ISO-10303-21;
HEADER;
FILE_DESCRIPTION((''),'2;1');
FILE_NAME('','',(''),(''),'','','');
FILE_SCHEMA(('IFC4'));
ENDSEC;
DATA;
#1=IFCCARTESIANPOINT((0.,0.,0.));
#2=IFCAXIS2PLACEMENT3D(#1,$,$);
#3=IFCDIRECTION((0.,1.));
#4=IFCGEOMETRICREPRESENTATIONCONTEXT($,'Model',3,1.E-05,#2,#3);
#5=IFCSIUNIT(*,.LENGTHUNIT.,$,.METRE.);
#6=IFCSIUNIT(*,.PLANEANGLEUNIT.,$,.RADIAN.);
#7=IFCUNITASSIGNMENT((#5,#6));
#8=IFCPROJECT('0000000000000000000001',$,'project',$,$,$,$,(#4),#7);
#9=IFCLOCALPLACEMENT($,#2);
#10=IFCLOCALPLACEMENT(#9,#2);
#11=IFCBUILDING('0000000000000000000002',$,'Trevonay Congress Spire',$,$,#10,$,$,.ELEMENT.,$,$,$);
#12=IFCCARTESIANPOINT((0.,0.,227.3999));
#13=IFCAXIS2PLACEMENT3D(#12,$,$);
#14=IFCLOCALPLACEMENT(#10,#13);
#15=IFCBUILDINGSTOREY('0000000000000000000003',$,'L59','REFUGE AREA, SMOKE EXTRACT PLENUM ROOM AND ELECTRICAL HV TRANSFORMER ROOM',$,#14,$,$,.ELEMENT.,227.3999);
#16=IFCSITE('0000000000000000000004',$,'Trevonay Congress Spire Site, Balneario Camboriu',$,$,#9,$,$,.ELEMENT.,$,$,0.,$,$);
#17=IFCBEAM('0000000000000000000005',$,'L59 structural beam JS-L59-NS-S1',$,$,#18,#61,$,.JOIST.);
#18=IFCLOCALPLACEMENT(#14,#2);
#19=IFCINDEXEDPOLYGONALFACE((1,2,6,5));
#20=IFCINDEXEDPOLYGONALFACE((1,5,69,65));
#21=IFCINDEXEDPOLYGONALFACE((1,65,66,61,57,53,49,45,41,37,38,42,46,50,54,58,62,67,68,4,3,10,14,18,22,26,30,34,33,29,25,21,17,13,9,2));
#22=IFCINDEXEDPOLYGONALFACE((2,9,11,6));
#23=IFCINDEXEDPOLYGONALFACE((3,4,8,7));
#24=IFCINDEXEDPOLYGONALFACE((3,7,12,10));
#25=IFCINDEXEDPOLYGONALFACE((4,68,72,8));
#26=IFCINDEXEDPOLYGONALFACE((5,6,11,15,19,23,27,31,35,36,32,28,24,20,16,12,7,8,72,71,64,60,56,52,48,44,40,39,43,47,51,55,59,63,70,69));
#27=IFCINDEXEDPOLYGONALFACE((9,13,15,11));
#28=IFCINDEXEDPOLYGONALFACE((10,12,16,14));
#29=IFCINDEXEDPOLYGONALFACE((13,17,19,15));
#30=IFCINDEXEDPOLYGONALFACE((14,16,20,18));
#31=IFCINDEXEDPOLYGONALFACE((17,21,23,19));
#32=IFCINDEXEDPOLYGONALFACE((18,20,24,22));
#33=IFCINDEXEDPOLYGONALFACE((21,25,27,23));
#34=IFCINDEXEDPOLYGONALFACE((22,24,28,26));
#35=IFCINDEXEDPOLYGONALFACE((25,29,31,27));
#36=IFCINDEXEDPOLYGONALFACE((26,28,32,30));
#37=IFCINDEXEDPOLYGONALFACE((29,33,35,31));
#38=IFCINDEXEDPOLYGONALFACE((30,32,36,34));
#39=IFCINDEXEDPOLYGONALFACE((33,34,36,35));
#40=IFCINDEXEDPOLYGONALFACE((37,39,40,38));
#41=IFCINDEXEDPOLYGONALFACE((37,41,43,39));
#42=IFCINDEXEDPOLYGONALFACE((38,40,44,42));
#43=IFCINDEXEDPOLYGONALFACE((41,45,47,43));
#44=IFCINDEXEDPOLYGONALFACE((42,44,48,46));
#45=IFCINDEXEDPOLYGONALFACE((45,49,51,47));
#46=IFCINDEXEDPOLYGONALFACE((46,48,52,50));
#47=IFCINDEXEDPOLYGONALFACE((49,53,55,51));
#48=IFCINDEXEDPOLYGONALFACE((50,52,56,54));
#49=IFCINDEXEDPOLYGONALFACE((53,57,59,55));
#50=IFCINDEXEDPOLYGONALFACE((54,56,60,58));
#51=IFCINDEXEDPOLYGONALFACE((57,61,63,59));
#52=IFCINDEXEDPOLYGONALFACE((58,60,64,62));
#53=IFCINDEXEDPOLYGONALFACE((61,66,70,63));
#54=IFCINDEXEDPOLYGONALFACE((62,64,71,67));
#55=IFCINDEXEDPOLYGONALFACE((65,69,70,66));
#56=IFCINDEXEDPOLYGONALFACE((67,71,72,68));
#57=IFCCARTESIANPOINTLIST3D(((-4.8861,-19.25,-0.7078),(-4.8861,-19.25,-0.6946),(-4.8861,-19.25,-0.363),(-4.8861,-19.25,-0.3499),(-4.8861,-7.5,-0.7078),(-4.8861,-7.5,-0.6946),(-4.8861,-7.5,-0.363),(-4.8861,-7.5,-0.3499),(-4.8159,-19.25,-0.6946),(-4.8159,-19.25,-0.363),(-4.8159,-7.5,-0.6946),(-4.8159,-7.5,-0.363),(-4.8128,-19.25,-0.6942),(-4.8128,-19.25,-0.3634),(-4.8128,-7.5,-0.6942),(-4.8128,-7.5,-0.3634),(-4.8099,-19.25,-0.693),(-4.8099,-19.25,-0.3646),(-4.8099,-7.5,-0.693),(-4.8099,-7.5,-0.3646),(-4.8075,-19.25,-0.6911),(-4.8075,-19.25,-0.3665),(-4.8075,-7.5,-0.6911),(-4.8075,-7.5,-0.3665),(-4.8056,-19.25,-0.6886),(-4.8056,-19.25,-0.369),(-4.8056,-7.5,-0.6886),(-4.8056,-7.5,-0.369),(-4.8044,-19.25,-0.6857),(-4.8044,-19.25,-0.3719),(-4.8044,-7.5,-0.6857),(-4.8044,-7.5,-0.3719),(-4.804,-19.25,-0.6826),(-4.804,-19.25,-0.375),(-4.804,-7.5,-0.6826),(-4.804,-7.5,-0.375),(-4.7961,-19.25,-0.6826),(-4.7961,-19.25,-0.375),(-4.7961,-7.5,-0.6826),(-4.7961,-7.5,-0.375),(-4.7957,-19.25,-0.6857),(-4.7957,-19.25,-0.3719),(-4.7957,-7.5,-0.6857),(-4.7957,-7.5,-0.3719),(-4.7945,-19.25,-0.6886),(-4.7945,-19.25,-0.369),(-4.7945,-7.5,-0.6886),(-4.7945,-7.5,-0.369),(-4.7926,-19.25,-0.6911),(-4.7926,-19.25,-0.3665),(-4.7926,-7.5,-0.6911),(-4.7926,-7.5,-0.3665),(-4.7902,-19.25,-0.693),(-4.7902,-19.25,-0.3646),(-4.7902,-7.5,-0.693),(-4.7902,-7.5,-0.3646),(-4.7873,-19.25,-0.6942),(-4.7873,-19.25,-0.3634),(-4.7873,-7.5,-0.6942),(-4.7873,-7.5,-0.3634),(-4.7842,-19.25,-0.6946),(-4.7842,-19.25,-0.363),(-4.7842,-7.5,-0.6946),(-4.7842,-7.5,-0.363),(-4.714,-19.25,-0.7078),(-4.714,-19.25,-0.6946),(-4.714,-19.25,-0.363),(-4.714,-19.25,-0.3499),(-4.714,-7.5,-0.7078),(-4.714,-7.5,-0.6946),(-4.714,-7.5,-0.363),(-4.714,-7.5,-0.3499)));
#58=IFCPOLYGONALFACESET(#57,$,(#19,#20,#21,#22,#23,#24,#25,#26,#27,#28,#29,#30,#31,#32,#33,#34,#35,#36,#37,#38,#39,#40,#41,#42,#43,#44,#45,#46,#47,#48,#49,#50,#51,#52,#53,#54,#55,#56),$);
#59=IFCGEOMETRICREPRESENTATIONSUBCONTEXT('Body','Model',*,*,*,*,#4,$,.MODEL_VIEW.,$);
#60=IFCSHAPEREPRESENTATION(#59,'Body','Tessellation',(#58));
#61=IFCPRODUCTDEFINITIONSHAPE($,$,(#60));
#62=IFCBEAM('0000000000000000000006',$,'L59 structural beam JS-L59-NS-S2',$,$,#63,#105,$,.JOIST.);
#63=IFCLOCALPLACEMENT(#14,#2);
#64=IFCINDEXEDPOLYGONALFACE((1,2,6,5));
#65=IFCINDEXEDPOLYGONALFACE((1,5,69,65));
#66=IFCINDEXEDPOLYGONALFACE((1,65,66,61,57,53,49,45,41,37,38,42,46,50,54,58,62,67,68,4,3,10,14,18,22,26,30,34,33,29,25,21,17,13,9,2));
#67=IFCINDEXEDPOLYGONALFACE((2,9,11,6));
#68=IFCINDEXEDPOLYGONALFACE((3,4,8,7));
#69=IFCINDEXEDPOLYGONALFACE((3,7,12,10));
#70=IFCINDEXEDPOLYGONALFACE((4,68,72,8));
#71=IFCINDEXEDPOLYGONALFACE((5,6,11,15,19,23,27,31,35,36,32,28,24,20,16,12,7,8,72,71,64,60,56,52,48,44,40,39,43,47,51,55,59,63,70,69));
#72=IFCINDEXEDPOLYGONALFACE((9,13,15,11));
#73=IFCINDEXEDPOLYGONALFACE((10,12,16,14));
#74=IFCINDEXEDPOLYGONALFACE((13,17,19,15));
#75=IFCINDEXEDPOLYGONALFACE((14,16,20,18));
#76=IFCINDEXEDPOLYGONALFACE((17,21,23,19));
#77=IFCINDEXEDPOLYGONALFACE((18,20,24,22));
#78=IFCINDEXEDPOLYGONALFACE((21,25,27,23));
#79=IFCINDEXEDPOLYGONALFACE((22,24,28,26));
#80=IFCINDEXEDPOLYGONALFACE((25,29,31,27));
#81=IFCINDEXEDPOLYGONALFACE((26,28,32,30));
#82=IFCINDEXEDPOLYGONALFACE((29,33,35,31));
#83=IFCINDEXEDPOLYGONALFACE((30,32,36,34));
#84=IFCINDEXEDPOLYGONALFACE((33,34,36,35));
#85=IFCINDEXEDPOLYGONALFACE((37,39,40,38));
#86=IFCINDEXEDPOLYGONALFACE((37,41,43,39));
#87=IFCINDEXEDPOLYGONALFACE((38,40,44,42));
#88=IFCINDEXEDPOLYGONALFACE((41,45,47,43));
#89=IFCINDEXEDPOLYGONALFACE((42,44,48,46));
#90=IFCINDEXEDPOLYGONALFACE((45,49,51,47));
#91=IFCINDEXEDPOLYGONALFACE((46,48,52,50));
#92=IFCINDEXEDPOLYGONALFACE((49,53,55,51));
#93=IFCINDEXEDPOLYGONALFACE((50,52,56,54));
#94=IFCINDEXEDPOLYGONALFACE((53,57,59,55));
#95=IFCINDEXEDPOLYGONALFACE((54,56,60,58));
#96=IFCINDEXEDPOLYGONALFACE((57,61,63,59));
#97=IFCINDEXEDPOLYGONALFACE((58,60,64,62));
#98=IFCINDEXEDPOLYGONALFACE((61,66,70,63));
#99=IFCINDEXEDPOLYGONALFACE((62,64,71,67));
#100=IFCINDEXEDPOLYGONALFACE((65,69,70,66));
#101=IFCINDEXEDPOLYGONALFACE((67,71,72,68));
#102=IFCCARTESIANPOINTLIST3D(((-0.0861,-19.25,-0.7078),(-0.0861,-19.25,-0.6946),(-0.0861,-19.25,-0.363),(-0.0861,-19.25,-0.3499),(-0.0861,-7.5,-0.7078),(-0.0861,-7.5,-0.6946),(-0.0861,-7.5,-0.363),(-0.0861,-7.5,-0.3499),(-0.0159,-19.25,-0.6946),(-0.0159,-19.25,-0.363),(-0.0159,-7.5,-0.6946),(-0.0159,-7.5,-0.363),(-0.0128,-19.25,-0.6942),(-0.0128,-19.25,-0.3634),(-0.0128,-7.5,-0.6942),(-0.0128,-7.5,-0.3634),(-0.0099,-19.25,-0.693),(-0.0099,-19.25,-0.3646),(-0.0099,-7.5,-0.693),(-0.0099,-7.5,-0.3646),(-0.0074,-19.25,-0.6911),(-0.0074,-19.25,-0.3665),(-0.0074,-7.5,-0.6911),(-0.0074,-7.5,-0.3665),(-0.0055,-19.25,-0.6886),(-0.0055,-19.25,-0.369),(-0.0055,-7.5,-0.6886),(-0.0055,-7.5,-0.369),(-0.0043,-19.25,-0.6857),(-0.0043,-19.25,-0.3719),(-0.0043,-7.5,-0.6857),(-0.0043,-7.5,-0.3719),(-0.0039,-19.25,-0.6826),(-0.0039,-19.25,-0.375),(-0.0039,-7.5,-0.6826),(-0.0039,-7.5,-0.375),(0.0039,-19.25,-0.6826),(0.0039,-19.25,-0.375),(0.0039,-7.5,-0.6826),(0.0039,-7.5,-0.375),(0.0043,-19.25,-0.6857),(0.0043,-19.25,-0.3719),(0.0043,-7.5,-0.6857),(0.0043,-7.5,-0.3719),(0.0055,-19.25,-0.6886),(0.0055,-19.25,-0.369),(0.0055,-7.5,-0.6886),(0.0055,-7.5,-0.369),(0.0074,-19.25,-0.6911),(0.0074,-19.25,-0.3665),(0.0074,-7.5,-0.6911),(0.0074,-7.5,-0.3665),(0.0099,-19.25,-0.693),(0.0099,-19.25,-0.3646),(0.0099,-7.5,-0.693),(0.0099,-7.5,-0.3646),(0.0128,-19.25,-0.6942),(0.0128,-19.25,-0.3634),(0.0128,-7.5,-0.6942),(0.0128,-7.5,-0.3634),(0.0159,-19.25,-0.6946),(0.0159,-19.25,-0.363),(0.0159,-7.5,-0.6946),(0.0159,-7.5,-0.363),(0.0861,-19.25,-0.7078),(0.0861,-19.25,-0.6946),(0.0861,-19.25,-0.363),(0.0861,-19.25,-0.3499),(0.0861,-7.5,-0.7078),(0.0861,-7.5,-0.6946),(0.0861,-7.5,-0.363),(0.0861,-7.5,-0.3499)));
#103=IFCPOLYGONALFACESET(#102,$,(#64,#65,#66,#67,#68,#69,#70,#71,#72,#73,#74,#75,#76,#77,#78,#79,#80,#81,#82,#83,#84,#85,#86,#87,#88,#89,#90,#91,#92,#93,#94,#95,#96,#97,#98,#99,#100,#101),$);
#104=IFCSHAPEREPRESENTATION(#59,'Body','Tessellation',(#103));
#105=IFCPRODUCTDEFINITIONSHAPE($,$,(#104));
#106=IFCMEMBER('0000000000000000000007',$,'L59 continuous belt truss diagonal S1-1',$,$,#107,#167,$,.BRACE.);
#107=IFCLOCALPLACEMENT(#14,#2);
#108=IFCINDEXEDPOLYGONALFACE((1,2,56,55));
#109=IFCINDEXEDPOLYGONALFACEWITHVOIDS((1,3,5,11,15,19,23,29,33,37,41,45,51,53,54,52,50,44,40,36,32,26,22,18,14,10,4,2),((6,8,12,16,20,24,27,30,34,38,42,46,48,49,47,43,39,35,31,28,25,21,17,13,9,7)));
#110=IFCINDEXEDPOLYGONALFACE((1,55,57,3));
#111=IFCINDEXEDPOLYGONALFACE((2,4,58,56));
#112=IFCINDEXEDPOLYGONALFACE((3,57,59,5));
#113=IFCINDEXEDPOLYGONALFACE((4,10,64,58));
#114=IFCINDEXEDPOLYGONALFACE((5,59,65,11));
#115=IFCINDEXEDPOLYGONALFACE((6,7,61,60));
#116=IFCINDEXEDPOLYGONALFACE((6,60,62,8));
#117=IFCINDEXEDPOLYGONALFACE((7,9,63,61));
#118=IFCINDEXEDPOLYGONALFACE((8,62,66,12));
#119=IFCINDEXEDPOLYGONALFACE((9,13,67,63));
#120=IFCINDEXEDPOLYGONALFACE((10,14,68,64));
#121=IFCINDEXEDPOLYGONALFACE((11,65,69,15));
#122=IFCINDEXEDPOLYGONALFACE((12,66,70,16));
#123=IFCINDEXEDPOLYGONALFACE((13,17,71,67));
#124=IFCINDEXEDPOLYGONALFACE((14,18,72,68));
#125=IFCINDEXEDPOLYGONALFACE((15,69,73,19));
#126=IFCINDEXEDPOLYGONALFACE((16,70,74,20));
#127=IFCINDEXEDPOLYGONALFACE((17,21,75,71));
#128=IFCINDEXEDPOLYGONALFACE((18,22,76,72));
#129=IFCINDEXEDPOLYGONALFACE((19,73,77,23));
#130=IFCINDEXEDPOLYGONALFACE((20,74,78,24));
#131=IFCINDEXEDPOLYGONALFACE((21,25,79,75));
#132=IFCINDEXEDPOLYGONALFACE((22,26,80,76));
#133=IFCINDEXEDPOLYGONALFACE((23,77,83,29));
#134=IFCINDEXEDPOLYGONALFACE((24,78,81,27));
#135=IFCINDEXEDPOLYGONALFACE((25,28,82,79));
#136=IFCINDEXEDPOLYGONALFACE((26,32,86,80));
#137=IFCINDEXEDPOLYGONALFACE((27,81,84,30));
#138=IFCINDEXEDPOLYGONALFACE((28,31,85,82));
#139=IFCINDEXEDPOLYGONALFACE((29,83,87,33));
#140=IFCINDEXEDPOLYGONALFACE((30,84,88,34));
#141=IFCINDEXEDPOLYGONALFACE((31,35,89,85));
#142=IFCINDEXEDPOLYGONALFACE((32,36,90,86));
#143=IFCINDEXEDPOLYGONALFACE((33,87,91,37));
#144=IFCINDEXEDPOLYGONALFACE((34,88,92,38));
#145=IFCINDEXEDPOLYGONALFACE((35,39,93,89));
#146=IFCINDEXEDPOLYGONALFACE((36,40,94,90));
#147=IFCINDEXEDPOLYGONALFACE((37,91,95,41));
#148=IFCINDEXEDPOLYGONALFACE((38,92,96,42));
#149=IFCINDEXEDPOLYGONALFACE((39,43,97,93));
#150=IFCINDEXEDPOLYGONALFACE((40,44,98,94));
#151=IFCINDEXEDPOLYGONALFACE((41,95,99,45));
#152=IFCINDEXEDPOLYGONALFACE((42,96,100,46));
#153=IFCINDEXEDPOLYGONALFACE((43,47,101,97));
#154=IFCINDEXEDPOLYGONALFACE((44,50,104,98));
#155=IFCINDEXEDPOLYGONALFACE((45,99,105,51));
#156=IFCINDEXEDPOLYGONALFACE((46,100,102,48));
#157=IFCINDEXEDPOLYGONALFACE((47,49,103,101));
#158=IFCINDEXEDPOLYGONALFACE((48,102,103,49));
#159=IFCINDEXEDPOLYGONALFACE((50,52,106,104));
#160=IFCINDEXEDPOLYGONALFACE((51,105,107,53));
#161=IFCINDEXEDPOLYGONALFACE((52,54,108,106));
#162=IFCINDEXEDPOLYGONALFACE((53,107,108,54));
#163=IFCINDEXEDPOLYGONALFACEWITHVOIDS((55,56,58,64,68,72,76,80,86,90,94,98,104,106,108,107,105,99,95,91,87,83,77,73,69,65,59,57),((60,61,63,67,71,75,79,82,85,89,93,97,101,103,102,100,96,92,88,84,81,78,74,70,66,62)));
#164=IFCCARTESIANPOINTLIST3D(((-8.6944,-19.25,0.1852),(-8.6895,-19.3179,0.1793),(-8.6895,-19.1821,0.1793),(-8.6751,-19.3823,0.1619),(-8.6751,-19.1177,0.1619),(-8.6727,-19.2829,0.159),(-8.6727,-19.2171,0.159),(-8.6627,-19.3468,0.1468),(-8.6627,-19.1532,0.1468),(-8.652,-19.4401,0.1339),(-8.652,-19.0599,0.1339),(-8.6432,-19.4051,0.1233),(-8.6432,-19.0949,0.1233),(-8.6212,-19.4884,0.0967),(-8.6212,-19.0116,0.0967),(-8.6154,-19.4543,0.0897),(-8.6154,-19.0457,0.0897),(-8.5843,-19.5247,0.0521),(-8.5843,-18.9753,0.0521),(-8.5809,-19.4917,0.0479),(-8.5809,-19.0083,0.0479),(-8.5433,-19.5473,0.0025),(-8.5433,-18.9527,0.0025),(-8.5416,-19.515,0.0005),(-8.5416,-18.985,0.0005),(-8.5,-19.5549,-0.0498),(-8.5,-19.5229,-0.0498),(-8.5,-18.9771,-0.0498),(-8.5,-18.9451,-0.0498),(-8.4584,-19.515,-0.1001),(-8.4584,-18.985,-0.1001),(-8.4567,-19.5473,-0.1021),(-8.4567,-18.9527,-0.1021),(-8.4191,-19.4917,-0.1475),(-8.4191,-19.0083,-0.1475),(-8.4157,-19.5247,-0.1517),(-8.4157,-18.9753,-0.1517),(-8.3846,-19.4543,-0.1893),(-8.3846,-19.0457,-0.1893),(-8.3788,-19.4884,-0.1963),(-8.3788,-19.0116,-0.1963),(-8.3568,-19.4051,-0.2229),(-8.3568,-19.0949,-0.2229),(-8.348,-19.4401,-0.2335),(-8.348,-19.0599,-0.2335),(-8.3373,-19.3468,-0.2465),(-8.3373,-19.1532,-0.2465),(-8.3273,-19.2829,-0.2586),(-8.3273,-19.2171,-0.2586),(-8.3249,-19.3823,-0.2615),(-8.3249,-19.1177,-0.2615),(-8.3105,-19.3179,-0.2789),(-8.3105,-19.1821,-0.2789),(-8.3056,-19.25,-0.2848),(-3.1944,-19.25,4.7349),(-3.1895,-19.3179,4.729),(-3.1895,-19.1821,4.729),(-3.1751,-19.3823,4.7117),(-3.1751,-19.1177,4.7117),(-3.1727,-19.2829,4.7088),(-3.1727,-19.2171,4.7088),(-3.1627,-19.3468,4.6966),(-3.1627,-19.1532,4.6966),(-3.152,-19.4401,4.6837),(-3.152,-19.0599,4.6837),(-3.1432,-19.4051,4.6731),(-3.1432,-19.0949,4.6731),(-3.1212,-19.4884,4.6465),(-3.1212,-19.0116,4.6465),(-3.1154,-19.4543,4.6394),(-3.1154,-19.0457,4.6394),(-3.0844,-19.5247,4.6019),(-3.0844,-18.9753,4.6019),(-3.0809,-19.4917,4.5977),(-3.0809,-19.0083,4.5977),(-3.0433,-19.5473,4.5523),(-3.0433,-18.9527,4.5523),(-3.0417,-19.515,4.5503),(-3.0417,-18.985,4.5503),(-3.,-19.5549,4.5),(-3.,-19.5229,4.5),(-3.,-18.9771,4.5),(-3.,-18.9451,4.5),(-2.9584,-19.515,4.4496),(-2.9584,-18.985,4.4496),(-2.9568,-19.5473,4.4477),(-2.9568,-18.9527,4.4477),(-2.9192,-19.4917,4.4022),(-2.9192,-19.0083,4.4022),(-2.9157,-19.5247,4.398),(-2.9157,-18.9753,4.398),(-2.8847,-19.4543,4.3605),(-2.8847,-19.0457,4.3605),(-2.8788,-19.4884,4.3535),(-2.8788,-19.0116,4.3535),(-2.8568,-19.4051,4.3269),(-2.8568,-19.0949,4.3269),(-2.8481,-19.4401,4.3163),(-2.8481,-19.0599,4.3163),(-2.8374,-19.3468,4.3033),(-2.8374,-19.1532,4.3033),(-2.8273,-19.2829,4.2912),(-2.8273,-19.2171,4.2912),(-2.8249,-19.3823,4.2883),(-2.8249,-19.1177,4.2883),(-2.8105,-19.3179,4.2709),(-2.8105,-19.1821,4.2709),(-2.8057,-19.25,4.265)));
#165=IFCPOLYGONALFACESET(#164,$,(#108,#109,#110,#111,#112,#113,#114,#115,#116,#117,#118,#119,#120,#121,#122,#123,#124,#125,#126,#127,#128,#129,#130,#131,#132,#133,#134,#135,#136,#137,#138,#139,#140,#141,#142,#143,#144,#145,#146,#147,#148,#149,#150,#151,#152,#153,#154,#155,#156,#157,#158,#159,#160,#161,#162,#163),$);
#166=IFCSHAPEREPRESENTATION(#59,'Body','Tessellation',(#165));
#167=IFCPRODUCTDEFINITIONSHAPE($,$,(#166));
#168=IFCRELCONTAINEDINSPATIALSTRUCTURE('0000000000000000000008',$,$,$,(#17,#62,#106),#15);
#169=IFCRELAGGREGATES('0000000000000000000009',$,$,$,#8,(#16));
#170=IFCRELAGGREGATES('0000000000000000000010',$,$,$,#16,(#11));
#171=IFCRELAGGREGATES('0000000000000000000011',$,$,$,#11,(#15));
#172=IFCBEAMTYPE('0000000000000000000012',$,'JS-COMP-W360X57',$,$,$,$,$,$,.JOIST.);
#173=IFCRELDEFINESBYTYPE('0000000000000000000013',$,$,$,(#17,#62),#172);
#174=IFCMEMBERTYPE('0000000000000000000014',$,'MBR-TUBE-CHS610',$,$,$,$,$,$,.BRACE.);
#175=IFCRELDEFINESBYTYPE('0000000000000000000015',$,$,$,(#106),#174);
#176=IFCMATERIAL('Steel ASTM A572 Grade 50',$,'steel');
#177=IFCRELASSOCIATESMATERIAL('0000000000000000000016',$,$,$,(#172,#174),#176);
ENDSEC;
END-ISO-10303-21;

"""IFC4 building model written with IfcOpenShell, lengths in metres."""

from ifc_helpers import new_model, si_unit, direction, frame, origin, origin_2d, place, context, subcontext, project, spatial, hollow_circle, i_section, extrude, material, material_profile, profile_set, type_object, element, save


model = new_model("IFC4")

# Units and contexts
model_context = context("Model", 3, precision=1e-05, world=origin(), true_north=direction((0.0, 1.0)))
body_context = subcontext(model_context, "Body", "Model", "MODEL_VIEW")
ifc_project = project(units=[si_unit("LENGTHUNIT", "METRE"), si_unit("PLANEANGLEUNIT", "RADIAN")], contexts=[model_context])

# Site, building, storey
site_placement = place(None, origin())
site = spatial("IfcSite", under=ifc_project, at=site_placement, Name="Trevonay Congress Spire Site, Balneario Camboriu", CompositionType="ELEMENT", RefElevation=0.0)
building_placement = place(site_placement, origin())
building = spatial("IfcBuilding", under=site, at=building_placement, Name="Trevonay Congress Spire", CompositionType="ELEMENT")
storey_placement = place(building_placement, frame((0.0, 0.0, 227.3999)))
storey = spatial("IfcBuildingStorey", under=building, at=storey_placement, Name="L59", Description="REFUGE AREA, SMOKE EXTRACT PLENUM ROOM AND ELECTRICAL HV TRANSFORMER ROOM", CompositionType="ELEMENT", Elevation=227.3999)

# Shared definitions
ifc_material_1 = material(Name="Steel ASTM A572 Grade 50", Category="steel")

# Beams
ifc_material_profile_1 = material_profile(ifc_material_1, i_section(OverallWidth=0.1721, OverallDepth=0.3579, WebThickness=0.0078, FlangeThickness=0.0132, FilletRadius=0.012, at=origin_2d()), Name="W360x57.8")
ifc_profile_set_1 = profile_set([ifc_material_profile_1], Name="Steel ASTM A572 Grade 50")
beam_type_1 = type_object("IfcBeamType", Name="JS-COMP-W360X57", PredefinedType="JOIST", material=ifc_profile_set_1)
for number, where, z_axis, x_axis, name in (
    (1, (-4.8, -19.25, -0.5288), (0.0, 1.0, 0.0), (-1.0, 0.0, 0.0), "L59 structural beam JS-L59-NS-S1"),
    (2, (0.0, -19.25, -0.5288), (0.0, 1.0, 0.0), (-1.0, 0.0, 0.0), "L59 structural beam JS-L59-NS-S2"),
):
    element("IfcBeam", number, at=place(storey_placement, frame(where, z_axis=z_axis, x_axis=x_axis)), inside=storey, type_object=beam_type_1, Name=name, PredefinedType="JOIST", context=body_context, shape_type="SweptSolid", body=[
        extrude(i_section(OverallWidth=0.1721, OverallDepth=0.3579, WebThickness=0.0078, FlangeThickness=0.0132, FilletRadius=0.012, at=origin_2d()), origin(), (0.0, 0.0, 1.0), 11.75),
    ])

# Member
ifc_material_profile_2 = material_profile(ifc_material_1, hollow_circle(Radius=0.3049, WallThickness=0.032, at=origin_2d()), Name="CHS 610x32")
ifc_profile_set_2 = profile_set([ifc_material_profile_2], Name="Steel ASTM A572 Grade 50")
member_type = type_object("IfcMemberType", Name="MBR-TUBE-CHS610", PredefinedType="BRACE", material=ifc_profile_set_2)
member_1_placement = place(storey_placement, frame((-8.5, -19.25, -0.0498), z_axis=(0.770526, 0.0, 0.637408), x_axis=(0.0, 1.0, 0.0)))
element("IfcMember", 3, at=member_1_placement, inside=storey, type_object=member_type, Name="L59 continuous belt truss diagonal S1-1", PredefinedType="BRACE", context=body_context, shape_type="SweptSolid", body=[
    extrude(hollow_circle(Radius=0.3049, WallThickness=0.032, at=origin_2d()), origin(), (0.0, 0.0, 1.0), 7.1379),
])

save(model, "model.ifc")
